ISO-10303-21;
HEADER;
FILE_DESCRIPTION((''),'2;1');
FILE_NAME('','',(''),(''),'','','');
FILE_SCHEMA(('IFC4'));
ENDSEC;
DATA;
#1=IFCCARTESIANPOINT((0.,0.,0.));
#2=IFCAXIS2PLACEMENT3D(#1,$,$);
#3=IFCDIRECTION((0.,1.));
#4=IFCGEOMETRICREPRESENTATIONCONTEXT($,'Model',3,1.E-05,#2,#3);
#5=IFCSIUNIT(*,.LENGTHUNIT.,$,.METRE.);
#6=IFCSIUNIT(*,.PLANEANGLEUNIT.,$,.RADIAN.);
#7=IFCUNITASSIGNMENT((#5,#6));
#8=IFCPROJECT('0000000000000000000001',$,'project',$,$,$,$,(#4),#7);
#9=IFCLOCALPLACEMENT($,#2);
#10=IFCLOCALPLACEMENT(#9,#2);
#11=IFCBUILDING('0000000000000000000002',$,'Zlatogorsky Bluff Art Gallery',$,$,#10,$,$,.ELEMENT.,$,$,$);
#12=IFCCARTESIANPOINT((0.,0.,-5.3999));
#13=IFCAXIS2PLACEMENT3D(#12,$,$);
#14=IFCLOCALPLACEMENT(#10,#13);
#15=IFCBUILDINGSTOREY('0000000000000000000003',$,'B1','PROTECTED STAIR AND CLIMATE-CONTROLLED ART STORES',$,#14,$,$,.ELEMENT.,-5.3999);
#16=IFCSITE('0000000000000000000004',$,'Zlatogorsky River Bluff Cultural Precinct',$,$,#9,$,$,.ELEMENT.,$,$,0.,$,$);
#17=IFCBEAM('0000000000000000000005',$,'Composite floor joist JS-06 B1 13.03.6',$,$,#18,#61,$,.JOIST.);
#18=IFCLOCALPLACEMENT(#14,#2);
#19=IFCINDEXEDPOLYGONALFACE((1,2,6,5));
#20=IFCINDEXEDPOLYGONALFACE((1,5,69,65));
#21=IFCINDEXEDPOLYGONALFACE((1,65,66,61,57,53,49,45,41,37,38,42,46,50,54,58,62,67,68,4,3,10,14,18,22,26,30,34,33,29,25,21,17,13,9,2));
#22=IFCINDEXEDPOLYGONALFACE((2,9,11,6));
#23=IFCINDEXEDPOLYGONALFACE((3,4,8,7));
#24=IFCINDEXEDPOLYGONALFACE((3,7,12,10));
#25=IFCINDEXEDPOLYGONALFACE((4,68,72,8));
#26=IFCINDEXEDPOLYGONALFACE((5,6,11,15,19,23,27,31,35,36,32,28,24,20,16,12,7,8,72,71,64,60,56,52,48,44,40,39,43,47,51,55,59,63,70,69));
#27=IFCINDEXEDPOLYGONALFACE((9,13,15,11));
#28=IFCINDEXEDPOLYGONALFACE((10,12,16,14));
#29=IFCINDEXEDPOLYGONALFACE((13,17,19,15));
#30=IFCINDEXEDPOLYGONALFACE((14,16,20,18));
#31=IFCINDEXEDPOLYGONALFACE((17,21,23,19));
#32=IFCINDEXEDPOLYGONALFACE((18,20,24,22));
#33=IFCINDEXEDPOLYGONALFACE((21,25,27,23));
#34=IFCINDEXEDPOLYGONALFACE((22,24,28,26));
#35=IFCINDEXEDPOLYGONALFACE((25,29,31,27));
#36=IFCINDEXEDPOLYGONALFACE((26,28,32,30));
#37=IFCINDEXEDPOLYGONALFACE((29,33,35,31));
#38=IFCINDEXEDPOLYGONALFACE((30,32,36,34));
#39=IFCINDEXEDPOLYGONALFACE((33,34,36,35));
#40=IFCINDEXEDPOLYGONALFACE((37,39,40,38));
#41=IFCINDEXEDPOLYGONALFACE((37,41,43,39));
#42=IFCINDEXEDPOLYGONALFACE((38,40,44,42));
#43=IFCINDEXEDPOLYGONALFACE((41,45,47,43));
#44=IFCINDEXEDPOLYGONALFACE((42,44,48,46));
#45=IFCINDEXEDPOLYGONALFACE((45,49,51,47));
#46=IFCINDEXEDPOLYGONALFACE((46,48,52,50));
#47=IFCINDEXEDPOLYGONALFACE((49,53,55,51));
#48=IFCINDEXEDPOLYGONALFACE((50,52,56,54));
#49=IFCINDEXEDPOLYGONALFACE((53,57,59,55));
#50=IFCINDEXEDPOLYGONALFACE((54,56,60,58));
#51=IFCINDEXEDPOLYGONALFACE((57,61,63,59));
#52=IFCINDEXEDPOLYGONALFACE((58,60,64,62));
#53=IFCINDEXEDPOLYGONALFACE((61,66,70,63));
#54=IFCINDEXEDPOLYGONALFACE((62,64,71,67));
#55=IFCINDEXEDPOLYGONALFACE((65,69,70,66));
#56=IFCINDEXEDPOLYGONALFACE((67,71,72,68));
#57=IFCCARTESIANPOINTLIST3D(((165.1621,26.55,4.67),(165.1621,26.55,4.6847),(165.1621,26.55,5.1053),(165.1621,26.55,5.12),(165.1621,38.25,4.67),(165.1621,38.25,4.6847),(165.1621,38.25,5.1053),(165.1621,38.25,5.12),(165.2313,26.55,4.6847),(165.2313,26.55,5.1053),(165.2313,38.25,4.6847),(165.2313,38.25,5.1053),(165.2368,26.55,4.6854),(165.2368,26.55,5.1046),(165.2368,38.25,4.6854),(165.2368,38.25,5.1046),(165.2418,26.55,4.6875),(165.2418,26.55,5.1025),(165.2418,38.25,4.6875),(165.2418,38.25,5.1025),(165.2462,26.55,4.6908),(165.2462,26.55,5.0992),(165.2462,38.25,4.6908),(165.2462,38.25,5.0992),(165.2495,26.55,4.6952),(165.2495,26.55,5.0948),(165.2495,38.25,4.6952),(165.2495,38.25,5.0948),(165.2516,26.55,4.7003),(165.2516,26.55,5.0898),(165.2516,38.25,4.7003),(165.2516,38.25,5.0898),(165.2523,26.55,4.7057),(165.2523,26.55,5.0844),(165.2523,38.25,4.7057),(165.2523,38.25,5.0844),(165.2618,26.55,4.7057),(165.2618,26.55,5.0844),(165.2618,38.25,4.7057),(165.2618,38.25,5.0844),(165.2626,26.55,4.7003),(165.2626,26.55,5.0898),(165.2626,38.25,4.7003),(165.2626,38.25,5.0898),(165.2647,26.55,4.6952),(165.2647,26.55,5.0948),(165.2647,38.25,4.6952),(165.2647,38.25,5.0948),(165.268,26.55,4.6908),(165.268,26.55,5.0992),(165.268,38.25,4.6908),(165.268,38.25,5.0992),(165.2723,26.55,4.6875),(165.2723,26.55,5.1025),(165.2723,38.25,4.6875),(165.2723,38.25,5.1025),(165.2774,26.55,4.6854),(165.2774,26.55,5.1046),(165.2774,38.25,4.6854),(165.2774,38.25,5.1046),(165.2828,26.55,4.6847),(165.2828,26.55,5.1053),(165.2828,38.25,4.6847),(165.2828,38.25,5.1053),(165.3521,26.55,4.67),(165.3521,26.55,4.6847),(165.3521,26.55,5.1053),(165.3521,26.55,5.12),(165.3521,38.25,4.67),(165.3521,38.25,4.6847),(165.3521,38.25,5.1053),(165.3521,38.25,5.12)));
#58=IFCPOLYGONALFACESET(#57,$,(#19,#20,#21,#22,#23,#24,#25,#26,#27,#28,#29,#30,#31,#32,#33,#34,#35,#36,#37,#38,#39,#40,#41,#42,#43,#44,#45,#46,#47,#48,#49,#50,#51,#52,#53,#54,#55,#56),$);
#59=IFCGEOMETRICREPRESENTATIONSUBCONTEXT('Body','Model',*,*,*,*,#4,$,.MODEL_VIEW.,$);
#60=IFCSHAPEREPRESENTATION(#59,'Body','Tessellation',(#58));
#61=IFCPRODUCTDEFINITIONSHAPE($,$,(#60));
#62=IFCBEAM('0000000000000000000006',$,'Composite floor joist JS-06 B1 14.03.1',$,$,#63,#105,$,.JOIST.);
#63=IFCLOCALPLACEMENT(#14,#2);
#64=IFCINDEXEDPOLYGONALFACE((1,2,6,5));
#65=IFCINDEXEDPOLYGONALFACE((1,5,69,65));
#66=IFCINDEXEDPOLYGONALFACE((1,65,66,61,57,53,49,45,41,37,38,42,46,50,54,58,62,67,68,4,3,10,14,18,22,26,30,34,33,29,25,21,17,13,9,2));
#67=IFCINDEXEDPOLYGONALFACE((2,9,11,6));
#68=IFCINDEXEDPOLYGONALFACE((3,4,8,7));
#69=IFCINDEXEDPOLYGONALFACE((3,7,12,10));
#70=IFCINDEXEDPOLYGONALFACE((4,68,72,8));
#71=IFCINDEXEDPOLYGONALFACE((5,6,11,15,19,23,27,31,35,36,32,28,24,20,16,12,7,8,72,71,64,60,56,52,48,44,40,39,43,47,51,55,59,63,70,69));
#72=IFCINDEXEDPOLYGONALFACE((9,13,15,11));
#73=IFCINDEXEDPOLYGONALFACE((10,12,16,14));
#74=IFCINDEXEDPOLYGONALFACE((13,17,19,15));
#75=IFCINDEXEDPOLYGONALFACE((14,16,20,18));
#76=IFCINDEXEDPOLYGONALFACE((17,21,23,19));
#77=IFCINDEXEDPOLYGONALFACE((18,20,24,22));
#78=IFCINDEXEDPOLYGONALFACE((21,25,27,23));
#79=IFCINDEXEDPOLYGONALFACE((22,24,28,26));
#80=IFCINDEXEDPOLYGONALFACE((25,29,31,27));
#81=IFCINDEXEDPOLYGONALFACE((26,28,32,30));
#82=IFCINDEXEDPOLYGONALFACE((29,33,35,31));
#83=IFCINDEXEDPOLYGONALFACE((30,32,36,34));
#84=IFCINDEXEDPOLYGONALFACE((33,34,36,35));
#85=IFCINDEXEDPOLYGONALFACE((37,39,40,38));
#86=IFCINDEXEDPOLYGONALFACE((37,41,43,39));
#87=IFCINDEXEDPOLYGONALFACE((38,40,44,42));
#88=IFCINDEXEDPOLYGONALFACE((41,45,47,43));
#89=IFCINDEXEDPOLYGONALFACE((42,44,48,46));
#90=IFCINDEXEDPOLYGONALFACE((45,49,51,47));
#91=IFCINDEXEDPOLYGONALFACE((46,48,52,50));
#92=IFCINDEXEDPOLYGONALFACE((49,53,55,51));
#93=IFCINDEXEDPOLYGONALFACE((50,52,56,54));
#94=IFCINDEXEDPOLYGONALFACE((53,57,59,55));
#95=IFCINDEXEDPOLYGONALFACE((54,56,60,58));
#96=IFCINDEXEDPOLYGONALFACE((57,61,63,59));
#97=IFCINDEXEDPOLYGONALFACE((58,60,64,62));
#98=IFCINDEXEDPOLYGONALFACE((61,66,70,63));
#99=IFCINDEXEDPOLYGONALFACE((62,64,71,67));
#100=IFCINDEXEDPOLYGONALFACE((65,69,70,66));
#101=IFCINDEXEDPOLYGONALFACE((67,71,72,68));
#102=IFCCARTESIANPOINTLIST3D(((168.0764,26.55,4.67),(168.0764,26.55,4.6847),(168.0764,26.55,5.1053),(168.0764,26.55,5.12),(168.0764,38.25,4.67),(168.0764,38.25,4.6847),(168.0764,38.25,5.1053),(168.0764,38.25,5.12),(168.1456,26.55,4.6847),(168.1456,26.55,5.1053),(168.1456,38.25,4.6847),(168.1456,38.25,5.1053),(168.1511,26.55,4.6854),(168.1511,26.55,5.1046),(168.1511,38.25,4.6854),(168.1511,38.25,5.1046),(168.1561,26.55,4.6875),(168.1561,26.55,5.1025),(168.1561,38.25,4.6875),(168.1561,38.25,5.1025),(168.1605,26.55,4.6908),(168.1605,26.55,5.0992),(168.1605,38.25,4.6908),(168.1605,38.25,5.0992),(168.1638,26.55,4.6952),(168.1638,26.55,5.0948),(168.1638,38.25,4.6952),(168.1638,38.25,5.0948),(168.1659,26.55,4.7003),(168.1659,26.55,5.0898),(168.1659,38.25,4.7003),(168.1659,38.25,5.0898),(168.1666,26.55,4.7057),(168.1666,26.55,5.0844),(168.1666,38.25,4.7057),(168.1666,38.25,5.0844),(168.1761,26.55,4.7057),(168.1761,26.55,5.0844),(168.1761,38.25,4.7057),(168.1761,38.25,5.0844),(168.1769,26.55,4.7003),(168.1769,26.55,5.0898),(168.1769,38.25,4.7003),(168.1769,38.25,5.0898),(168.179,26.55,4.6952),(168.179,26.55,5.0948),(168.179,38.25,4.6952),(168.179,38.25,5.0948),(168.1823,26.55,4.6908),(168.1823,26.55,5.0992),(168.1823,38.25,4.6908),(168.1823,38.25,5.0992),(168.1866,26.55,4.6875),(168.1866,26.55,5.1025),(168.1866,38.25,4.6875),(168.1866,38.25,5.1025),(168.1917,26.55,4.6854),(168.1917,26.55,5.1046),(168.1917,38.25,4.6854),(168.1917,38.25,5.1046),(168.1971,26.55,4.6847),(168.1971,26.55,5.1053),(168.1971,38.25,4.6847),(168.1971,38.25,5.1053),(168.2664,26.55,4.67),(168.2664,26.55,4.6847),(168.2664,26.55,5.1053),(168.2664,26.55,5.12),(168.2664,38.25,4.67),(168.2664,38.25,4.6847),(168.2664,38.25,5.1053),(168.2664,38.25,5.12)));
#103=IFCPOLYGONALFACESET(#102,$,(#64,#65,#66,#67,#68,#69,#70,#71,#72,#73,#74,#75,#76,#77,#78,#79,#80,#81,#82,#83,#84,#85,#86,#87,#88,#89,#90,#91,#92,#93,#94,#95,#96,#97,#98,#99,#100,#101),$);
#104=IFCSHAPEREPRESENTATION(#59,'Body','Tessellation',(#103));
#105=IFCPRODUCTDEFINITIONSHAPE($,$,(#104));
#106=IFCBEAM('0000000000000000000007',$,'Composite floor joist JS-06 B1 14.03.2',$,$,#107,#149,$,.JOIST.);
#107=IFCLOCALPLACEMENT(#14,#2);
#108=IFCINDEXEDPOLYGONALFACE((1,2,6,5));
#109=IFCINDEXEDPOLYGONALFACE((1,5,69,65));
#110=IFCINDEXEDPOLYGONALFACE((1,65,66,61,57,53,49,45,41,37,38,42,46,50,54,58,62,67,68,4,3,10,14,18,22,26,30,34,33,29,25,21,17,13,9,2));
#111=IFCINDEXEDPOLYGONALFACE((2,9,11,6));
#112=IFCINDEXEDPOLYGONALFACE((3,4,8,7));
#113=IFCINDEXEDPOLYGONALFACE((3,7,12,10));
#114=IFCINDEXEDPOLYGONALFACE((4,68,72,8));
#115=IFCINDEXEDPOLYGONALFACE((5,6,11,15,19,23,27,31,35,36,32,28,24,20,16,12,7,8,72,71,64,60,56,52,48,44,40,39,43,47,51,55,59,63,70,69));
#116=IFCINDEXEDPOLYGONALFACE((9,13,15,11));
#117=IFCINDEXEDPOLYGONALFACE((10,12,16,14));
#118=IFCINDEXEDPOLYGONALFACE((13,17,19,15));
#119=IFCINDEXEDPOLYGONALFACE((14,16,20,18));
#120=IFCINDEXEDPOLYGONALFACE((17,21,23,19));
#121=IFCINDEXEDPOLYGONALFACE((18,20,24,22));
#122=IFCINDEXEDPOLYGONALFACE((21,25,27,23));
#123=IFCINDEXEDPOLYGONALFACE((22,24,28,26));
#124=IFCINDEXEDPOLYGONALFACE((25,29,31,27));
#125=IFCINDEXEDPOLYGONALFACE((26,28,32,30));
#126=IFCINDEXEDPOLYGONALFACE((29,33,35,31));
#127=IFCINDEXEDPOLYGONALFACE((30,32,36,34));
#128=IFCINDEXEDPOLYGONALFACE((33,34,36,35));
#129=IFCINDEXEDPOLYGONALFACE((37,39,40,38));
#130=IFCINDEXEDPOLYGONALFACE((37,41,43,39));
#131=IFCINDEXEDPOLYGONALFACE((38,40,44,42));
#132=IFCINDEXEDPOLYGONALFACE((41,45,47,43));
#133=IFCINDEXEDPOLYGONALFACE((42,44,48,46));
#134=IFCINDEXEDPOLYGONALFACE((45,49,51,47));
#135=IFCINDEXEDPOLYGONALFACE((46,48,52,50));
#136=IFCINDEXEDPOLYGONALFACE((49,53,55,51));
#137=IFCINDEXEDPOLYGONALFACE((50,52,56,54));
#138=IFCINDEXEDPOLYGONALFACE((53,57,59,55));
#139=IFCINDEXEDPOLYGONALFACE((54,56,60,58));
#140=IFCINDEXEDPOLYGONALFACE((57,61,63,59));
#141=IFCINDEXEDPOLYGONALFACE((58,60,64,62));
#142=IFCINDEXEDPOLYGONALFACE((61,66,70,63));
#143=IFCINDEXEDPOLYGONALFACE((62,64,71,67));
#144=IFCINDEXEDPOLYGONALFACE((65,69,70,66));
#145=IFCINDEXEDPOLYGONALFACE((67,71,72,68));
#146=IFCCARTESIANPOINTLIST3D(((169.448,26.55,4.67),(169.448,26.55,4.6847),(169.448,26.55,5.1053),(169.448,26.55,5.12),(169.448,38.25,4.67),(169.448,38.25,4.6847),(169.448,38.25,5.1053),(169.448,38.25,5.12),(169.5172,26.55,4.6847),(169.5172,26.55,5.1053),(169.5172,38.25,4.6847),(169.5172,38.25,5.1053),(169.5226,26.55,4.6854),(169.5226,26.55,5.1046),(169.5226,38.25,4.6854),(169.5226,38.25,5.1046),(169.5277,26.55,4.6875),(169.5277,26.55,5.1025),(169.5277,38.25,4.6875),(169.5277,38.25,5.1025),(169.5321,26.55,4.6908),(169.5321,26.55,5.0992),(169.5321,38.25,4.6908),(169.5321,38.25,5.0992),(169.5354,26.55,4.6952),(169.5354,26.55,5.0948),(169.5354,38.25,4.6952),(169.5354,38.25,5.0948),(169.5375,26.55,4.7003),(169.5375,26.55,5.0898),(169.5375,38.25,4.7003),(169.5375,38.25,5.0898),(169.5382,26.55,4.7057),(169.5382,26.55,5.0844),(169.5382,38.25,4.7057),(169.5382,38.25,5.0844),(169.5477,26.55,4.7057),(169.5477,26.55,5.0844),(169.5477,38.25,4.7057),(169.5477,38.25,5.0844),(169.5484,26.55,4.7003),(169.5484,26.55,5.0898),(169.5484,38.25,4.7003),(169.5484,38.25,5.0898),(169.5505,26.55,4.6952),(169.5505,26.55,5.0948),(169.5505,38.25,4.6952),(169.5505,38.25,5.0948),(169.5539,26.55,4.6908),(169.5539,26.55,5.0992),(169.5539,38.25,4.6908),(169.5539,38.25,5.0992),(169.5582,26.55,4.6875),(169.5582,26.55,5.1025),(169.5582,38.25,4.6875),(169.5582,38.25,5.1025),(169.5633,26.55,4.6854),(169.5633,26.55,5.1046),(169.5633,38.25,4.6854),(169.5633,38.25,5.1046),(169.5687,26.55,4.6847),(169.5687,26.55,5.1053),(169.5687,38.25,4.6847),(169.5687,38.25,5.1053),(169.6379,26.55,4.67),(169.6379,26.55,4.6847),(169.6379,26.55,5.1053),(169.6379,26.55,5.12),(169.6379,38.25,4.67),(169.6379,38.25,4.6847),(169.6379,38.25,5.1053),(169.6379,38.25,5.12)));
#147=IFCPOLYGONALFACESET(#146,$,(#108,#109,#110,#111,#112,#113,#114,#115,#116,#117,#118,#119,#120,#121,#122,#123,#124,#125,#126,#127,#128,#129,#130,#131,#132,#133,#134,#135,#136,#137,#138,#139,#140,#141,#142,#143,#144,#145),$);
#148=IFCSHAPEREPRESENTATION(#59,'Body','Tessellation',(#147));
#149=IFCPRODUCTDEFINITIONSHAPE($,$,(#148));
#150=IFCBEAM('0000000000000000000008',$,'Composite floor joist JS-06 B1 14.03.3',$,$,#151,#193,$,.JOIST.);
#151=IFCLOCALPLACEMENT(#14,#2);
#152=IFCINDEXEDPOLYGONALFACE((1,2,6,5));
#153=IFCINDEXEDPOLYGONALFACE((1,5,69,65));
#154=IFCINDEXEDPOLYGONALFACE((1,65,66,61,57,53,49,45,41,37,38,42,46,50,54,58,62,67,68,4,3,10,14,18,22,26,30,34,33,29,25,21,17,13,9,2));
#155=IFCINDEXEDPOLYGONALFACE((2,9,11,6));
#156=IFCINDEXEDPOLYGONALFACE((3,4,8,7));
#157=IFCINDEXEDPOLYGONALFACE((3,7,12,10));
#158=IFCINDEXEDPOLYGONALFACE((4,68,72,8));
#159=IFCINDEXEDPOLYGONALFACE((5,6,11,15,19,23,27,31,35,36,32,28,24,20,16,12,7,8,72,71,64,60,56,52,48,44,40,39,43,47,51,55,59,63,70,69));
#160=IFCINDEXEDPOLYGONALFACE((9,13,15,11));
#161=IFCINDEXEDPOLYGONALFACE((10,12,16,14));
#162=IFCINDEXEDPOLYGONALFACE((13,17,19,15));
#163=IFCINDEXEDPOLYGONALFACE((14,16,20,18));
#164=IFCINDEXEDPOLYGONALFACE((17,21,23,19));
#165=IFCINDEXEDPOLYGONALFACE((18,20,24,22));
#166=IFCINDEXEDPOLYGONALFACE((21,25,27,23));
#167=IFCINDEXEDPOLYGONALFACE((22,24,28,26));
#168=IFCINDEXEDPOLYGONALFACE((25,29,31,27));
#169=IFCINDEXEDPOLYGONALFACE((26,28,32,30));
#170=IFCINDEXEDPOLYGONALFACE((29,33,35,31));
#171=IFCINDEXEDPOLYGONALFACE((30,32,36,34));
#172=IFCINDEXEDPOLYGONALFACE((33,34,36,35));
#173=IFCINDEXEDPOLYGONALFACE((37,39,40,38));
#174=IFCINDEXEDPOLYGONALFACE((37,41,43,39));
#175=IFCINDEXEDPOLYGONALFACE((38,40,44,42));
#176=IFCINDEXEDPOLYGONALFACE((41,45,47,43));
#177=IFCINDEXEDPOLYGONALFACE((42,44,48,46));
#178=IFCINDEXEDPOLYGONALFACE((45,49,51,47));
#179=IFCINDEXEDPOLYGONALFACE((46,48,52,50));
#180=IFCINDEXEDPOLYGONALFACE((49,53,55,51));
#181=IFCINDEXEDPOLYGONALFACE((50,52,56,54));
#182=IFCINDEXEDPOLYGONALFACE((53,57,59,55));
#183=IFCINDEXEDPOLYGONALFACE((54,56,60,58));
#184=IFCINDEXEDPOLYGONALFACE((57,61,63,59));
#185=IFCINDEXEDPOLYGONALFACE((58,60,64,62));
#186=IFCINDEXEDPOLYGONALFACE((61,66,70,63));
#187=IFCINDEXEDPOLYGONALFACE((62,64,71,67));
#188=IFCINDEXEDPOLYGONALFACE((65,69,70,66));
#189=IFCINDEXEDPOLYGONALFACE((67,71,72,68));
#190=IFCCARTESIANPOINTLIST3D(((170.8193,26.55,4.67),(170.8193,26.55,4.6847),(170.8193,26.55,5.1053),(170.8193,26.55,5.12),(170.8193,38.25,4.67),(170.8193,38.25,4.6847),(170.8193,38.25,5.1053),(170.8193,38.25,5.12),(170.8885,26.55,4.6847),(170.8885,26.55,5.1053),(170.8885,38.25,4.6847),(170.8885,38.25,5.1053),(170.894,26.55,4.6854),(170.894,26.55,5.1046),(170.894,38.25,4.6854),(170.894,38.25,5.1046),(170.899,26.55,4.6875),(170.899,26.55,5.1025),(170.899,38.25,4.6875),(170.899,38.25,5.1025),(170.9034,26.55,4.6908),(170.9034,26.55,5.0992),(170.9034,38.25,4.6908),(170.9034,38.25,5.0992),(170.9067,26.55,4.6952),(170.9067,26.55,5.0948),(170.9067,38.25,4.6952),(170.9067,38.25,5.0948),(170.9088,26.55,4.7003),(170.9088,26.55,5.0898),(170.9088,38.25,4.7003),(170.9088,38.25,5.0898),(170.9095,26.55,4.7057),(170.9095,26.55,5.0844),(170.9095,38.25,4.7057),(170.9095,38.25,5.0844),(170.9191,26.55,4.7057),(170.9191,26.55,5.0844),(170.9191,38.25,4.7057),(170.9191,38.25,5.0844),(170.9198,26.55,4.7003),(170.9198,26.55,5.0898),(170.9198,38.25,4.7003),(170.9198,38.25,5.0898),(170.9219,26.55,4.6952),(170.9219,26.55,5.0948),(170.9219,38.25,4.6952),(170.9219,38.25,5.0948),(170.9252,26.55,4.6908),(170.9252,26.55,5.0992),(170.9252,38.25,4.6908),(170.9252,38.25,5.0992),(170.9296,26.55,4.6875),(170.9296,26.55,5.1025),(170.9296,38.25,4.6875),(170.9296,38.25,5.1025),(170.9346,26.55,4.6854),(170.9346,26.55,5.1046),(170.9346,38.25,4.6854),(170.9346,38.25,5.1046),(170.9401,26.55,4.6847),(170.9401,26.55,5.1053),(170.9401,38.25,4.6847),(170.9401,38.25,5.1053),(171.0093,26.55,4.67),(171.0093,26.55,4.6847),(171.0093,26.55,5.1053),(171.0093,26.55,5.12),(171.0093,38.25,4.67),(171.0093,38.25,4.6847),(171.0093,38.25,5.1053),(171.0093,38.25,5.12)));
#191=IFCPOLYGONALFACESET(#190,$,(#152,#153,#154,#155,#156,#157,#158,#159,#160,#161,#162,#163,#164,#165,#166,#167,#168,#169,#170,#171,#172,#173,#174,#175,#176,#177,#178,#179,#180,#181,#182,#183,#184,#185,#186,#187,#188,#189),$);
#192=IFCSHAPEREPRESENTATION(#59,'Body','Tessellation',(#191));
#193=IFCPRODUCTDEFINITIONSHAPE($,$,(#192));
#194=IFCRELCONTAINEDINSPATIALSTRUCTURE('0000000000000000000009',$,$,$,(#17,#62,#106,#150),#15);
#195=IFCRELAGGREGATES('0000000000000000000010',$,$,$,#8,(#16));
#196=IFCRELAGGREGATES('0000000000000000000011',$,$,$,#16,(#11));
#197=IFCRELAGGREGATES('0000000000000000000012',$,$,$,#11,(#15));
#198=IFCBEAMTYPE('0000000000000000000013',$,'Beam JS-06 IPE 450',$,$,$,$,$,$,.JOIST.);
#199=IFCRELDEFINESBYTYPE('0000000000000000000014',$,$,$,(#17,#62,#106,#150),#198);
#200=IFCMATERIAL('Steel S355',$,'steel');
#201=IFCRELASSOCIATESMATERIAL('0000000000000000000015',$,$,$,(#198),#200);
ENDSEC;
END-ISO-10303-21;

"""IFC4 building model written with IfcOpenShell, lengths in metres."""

from ifc_helpers import new_model, si_unit, direction, frame, origin, origin_2d, place, context, subcontext, project, spatial, i_section, extrude, material, material_profile, profile_set, type_object, element, save


model = new_model("IFC4")

# Units and contexts
model_context = context("Model", 3, precision=1e-05, world=origin(), true_north=direction((0.0, 1.0)))
body_context = subcontext(model_context, "Body", "Model", "MODEL_VIEW")
ifc_project = project(units=[si_unit("LENGTHUNIT", "METRE"), si_unit("PLANEANGLEUNIT", "RADIAN")], contexts=[model_context])

# Site, building, storey
site_placement = place(None, origin())
site = spatial("IfcSite", under=ifc_project, at=site_placement, Name="Zlatogorsky River Bluff Cultural Precinct", CompositionType="ELEMENT", RefElevation=0.0)
building_placement = place(site_placement, origin())
building = spatial("IfcBuilding", under=site, at=building_placement, Name="Zlatogorsky Bluff Art Gallery", CompositionType="ELEMENT")
storey_placement = place(building_placement, frame((0.0, 0.0, -5.3999)))
storey = spatial("IfcBuildingStorey", under=building, at=storey_placement, Name="B1", Description="PROTECTED STAIR AND CLIMATE-CONTROLLED ART STORES", CompositionType="ELEMENT", Elevation=-5.3999)

# Beams
ifc_material_1 = material(Name="Steel S355", Category="steel")
ifc_material_profile_1 = material_profile(ifc_material_1, i_section(OverallWidth=0.1899, OverallDepth=0.45, WebThickness=0.0095, FlangeThickness=0.0146, FilletRadius=0.021, at=origin_2d()), Name="IPE 450")
ifc_profile_set_1 = profile_set([ifc_material_profile_1], Name="Steel S355")
beam_type_1 = type_object("IfcBeamType", Name="Beam JS-06 IPE 450", PredefinedType="JOIST", material=ifc_profile_set_1)
for number, where, z_axis, x_axis, name in (
    (1, (165.2571, 26.55, 4.895), (0.0, 1.0, 0.0), (-1.0, 0.0, 0.0), "Composite floor joist JS-06 B1 13.03.6"),
    (2, (168.1714, 26.55, 4.895), (0.0, 1.0, 0.0), (-1.0, 0.0, 0.0), "Composite floor joist JS-06 B1 14.03.1"),
    (3, (169.543, 26.55, 4.895), (0.0, 1.0, 0.0), (-1.0, 0.0, 0.0), "Composite floor joist JS-06 B1 14.03.2"),
    (4, (170.9143, 26.55, 4.895), (0.0, 1.0, 0.0), (-1.0, 0.0, 0.0), "Composite floor joist JS-06 B1 14.03.3"),
):
    element("IfcBeam", number, at=place(storey_placement, frame(where, z_axis=z_axis, x_axis=x_axis)), inside=storey, type_object=beam_type_1, Name=name, PredefinedType="JOIST", context=body_context, shape_type="SweptSolid", body=[
        extrude(i_section(OverallWidth=0.1899, OverallDepth=0.45, WebThickness=0.0095, FlangeThickness=0.0146, FilletRadius=0.021, at=origin_2d()), origin(), (0.0, 0.0, 1.0), 11.7),
    ])

save(model, "model.ifc")
